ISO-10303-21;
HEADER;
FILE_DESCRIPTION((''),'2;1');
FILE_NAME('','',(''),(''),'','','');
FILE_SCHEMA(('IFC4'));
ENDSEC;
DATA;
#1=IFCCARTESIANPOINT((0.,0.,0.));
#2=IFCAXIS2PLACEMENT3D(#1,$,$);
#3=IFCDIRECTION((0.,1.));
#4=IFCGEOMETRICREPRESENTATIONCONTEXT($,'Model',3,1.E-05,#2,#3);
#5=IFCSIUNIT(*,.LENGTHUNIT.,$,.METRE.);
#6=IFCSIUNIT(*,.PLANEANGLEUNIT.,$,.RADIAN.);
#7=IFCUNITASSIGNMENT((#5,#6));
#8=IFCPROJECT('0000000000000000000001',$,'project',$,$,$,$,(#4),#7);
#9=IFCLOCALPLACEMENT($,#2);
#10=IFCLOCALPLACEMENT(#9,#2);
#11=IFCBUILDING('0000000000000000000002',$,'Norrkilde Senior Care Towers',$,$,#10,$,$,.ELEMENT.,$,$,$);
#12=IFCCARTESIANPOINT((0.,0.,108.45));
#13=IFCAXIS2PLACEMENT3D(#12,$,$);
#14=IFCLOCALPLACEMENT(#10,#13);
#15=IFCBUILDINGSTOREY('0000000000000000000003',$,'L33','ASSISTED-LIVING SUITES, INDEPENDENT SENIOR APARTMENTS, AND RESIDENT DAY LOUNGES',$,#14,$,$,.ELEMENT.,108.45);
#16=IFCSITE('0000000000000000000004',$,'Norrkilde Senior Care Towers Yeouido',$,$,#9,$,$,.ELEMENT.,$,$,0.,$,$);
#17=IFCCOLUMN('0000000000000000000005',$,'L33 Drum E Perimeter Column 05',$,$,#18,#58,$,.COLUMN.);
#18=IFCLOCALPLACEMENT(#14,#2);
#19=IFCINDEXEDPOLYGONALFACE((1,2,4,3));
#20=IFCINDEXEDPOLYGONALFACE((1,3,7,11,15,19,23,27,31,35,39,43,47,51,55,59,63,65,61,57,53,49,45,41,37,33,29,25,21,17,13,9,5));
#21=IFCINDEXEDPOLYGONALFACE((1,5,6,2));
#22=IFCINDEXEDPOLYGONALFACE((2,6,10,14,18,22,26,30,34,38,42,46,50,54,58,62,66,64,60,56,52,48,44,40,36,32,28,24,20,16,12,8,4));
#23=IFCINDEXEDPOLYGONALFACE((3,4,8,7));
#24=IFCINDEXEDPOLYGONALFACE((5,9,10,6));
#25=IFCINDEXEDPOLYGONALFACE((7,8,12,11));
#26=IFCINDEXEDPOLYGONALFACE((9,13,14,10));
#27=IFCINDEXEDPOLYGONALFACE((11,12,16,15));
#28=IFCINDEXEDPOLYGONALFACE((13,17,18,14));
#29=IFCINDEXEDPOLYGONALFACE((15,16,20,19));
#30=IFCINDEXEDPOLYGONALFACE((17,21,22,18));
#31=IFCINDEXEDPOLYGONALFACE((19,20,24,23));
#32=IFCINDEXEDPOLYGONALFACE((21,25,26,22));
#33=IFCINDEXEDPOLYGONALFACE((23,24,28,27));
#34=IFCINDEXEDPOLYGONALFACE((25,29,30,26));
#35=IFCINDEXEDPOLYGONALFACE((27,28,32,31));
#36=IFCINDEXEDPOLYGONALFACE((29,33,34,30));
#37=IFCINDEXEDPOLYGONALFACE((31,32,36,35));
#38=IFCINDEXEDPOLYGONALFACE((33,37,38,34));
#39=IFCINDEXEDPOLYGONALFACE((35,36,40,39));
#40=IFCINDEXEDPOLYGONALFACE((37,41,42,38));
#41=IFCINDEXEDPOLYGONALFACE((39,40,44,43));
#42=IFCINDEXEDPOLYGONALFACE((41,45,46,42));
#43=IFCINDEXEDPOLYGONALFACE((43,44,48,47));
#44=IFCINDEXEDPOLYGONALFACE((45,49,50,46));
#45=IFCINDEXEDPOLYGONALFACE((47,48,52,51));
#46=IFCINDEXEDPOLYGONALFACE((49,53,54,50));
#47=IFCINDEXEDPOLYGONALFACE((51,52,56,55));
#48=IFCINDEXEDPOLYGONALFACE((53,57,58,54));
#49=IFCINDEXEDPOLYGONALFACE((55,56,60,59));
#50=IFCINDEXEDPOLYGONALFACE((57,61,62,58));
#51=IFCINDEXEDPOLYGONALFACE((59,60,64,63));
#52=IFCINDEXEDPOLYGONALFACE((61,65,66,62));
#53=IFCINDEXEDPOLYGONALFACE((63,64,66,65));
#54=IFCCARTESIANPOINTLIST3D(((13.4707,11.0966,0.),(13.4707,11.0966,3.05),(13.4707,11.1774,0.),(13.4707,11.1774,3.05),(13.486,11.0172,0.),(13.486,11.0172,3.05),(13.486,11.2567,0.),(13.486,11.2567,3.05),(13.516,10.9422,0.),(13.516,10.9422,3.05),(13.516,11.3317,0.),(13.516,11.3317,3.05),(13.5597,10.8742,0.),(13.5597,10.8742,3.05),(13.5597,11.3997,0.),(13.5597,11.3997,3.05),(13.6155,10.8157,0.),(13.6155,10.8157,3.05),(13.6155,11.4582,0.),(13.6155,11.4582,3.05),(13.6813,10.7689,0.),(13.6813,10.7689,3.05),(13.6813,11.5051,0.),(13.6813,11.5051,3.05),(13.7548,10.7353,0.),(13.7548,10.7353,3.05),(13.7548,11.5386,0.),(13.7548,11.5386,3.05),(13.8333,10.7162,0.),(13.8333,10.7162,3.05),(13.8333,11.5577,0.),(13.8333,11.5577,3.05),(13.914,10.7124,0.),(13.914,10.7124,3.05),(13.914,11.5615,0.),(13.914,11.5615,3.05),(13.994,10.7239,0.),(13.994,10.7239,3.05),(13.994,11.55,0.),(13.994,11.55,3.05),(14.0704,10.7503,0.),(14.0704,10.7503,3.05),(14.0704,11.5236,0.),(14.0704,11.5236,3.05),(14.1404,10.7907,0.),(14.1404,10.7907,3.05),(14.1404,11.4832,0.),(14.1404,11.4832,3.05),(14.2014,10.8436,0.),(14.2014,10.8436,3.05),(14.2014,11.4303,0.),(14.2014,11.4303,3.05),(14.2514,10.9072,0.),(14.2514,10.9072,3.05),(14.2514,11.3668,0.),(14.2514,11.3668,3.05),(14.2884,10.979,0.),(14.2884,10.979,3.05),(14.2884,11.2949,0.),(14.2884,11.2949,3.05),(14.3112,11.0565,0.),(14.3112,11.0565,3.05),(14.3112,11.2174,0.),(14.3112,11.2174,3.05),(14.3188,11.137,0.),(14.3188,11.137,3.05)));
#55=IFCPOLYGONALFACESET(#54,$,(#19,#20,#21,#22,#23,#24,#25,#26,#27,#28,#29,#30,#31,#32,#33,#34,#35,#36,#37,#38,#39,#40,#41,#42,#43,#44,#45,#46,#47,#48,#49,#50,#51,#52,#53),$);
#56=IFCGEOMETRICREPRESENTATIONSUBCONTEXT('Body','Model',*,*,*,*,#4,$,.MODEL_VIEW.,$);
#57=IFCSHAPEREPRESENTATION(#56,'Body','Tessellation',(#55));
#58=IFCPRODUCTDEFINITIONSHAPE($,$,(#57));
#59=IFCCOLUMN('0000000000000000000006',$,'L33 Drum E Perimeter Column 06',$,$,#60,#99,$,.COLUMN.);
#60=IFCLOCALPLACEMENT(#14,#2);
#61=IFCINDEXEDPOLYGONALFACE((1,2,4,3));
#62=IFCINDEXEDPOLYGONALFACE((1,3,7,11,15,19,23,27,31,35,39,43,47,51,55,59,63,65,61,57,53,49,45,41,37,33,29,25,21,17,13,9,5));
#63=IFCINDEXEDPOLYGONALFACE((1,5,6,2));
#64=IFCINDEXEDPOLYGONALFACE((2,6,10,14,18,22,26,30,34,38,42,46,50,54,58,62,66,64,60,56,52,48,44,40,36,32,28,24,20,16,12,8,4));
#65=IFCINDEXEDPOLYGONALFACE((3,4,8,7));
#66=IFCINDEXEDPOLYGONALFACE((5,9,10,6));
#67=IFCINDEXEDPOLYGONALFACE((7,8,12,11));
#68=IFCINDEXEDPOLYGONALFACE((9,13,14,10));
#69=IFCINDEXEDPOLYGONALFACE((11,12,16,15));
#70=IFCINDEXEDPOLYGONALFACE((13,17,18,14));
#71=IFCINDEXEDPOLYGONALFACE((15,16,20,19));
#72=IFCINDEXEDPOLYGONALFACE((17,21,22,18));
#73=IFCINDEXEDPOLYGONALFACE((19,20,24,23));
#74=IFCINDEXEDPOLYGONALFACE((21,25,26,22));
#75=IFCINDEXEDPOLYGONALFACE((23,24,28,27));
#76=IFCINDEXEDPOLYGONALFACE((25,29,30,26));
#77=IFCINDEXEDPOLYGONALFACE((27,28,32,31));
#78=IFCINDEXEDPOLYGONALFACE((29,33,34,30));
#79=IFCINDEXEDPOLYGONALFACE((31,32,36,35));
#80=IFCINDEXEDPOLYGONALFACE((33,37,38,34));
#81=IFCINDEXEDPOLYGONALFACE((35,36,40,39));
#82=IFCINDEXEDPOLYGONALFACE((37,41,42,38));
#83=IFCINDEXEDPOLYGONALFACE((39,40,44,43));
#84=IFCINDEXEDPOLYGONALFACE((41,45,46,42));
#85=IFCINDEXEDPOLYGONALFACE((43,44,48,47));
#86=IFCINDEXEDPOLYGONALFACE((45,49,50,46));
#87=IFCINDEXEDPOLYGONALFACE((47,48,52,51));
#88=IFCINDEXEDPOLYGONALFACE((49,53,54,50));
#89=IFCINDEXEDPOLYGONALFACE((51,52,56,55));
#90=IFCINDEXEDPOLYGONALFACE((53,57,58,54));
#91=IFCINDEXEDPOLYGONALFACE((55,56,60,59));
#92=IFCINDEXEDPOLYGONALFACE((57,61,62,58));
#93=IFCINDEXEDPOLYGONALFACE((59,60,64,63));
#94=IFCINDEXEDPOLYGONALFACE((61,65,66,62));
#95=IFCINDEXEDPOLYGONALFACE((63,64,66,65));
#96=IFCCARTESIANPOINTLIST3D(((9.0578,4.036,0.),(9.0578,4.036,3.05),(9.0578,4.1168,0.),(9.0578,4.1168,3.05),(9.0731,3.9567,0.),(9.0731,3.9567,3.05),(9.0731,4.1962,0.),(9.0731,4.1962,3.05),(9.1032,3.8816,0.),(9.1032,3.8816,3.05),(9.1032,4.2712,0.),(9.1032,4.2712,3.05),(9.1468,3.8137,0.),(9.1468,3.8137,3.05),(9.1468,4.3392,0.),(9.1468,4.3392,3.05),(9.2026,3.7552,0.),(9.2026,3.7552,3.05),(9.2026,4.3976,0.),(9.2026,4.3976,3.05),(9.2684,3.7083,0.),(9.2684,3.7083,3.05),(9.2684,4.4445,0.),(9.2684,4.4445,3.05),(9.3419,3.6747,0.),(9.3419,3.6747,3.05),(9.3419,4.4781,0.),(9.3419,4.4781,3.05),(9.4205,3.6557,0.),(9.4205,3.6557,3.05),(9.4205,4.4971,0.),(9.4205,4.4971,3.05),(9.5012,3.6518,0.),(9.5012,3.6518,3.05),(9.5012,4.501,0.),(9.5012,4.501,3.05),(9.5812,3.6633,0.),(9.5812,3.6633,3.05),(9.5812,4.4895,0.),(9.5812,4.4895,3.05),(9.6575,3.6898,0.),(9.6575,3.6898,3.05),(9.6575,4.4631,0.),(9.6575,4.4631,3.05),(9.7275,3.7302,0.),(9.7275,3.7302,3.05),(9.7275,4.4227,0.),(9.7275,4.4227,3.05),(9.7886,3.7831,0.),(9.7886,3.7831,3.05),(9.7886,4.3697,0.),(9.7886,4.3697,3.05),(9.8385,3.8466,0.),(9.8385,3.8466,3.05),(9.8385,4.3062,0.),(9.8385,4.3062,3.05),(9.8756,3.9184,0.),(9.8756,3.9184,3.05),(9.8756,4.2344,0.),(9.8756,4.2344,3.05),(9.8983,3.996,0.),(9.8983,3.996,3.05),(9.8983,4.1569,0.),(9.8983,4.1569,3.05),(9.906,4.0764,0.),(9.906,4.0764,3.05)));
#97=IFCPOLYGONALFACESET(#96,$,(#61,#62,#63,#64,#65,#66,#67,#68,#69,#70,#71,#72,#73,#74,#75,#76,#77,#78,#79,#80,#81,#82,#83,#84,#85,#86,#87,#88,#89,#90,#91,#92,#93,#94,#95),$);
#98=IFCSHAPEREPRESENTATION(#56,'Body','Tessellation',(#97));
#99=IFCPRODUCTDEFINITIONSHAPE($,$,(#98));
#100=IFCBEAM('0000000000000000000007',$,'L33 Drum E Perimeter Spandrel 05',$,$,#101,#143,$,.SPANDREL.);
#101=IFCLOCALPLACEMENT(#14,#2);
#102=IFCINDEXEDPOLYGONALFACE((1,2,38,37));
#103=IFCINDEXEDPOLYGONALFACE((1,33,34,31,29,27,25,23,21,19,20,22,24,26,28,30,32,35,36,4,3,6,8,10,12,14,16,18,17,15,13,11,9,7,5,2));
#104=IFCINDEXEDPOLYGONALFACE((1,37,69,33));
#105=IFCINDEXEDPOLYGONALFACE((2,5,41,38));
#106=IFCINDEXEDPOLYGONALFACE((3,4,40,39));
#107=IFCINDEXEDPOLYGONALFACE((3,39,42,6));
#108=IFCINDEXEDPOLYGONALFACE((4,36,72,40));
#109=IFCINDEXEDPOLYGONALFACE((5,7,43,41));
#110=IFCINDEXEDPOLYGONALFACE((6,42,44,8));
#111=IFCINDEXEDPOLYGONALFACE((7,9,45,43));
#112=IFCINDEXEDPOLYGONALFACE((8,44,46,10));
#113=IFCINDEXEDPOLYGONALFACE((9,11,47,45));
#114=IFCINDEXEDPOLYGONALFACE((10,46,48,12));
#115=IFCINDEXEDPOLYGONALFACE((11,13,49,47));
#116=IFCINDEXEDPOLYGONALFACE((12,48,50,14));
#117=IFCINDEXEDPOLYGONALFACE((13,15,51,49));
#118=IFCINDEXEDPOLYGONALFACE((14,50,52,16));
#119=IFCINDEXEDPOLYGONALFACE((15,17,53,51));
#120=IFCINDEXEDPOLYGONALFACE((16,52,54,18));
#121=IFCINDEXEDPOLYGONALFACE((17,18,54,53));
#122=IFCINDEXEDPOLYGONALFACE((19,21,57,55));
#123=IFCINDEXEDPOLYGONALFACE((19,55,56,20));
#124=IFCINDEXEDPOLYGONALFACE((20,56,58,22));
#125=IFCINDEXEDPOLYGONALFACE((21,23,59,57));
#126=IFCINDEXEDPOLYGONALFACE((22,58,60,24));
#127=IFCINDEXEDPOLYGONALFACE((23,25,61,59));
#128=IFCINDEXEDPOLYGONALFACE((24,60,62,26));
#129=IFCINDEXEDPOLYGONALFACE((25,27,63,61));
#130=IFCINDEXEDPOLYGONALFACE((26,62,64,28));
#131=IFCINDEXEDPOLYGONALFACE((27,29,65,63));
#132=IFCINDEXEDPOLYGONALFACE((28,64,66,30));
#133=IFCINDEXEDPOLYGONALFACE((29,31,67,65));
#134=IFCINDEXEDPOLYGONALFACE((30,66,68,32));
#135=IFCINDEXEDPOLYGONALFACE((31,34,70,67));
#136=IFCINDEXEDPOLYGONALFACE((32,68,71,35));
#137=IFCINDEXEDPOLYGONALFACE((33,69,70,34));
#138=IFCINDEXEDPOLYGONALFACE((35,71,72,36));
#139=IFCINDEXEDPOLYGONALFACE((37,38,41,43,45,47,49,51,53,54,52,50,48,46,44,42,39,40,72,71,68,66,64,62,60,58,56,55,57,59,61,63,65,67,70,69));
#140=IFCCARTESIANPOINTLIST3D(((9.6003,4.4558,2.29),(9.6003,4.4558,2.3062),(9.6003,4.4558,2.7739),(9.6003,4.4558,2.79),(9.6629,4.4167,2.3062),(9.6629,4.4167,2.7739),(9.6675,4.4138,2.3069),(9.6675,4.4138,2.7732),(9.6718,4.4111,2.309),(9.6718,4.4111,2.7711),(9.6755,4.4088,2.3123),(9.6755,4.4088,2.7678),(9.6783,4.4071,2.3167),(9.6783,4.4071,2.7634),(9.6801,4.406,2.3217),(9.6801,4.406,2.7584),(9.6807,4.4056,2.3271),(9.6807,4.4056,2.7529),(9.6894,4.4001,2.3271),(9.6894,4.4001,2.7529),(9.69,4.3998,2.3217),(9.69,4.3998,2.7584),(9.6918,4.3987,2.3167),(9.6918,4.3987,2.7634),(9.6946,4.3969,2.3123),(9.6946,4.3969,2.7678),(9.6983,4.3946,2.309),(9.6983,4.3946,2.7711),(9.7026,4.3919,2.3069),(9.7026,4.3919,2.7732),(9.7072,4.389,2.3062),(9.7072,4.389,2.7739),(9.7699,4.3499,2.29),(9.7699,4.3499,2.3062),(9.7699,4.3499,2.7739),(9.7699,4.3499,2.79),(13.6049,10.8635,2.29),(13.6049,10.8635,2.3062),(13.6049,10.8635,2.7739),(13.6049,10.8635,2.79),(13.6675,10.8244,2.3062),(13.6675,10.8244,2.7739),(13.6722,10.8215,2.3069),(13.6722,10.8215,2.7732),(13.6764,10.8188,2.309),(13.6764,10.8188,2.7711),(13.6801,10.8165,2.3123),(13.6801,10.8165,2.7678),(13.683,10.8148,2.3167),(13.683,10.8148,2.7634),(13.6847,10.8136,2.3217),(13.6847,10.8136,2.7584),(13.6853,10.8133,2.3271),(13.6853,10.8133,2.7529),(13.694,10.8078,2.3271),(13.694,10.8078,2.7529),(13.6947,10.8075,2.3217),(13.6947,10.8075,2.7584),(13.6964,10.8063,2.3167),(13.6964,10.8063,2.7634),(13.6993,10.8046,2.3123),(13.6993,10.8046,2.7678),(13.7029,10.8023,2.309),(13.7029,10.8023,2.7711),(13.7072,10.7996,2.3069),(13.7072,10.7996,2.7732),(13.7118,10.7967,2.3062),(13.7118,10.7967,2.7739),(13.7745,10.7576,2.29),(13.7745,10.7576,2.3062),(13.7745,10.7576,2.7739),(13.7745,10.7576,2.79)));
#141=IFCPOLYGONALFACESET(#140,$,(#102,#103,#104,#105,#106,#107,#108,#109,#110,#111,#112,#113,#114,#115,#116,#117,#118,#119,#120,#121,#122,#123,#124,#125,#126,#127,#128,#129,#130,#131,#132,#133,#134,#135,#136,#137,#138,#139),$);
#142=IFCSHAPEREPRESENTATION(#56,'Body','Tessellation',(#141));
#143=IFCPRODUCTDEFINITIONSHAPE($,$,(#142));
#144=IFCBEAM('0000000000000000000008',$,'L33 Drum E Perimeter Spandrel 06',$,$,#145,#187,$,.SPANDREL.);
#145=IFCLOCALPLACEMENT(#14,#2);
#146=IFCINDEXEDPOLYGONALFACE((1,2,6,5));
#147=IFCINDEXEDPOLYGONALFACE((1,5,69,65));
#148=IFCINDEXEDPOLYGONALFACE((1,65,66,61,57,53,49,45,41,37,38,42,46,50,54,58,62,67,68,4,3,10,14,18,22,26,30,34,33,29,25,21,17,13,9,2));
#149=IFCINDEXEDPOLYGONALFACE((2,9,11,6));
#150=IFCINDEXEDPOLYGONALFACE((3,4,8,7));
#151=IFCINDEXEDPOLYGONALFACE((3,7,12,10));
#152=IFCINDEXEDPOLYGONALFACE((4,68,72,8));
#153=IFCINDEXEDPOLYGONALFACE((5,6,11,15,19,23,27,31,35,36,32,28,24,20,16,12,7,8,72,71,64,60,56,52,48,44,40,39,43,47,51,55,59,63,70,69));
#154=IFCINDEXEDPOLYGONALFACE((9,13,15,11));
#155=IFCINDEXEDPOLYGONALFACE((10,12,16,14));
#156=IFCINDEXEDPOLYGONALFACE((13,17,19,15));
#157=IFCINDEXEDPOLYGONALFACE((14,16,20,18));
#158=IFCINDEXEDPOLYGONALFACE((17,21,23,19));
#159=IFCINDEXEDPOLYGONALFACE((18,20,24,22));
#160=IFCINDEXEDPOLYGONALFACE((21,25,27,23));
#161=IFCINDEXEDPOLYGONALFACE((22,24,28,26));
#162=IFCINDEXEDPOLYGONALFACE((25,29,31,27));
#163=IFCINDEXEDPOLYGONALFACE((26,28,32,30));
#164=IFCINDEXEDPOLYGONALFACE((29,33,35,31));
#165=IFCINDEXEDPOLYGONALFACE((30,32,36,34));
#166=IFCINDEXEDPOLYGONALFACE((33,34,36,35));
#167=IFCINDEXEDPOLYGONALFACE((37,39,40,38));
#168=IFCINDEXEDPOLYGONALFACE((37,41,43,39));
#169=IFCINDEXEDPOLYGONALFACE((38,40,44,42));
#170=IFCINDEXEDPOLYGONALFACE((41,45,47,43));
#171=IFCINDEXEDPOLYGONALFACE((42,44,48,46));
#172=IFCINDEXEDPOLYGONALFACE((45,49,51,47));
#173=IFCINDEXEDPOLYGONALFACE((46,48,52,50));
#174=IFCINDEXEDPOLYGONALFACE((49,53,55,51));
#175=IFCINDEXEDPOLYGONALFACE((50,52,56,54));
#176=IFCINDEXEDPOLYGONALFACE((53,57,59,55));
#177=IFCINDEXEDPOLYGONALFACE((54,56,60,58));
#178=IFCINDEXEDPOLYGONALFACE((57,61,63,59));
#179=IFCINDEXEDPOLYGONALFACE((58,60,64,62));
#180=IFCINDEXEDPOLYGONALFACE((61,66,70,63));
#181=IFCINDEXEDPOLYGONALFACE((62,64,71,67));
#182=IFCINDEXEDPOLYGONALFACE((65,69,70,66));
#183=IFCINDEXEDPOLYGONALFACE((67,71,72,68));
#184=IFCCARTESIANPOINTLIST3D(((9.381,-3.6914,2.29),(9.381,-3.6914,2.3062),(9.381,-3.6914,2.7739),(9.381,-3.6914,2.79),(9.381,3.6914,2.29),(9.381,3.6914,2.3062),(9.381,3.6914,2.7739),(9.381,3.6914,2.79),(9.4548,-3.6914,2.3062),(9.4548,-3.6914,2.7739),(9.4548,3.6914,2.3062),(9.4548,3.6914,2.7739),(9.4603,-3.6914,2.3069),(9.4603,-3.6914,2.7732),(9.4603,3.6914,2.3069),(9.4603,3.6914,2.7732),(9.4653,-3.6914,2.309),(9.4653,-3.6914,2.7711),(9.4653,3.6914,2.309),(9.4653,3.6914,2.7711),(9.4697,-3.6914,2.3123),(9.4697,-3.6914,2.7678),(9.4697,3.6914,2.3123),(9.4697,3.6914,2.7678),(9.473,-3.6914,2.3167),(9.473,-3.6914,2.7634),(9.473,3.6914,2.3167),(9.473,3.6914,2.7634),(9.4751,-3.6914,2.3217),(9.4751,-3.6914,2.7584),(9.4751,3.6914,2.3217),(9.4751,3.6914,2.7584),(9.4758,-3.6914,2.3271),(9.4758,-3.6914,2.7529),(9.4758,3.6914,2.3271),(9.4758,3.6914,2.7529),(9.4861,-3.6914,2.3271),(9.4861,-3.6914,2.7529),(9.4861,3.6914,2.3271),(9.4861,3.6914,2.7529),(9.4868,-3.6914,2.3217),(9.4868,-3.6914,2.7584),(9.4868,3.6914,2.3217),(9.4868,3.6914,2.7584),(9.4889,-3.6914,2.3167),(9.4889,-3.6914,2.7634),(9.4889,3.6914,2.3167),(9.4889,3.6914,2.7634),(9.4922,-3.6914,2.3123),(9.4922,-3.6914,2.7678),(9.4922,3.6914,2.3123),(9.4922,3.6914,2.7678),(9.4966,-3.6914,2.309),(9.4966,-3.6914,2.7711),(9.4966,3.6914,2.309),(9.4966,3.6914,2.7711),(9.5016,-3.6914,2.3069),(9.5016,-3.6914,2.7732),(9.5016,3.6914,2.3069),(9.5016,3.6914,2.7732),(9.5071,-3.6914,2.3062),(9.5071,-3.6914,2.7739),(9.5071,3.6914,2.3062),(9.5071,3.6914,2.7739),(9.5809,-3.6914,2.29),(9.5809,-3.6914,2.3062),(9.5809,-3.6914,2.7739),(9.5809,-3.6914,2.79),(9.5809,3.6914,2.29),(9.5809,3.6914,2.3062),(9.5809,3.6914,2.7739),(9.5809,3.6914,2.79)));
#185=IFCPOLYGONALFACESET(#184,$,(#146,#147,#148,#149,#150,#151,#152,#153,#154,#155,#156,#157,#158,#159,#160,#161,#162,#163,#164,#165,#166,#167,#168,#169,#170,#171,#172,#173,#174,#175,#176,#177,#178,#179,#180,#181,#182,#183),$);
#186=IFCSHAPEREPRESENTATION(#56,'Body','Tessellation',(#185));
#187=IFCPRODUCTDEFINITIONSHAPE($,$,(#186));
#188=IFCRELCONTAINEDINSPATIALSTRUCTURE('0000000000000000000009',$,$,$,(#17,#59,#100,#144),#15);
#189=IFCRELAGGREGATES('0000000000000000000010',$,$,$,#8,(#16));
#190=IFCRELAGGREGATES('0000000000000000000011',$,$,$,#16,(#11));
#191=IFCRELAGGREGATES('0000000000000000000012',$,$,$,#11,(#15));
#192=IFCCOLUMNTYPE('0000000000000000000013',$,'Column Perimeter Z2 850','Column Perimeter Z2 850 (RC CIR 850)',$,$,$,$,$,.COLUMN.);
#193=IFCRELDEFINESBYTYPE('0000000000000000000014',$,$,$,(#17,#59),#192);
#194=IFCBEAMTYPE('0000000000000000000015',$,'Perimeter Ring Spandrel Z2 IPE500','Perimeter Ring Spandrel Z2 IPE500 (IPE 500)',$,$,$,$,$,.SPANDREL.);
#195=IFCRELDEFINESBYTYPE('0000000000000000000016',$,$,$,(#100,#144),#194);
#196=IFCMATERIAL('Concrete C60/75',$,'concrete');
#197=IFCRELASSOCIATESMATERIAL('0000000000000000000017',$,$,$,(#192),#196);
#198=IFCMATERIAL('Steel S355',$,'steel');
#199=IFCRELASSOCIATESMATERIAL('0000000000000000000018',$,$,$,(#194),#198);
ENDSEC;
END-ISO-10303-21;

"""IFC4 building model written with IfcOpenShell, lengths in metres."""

from ifc_helpers import new_model, si_unit, direction, frame, origin, origin_2d, place, context, subcontext, project, spatial, circle, i_section, extrude, source, transform, mapped, material, material_profile, profile_set, type_object, type_shapes, element, save


model = new_model("IFC4")

# Units and contexts
model_context = context("Model", 3, precision=1e-05, world=origin(), true_north=direction((0.0, 1.0)))
body_context = subcontext(model_context, "Body", "Model", "MODEL_VIEW")
ifc_project = project(units=[si_unit("LENGTHUNIT", "METRE"), si_unit("PLANEANGLEUNIT", "RADIAN")], contexts=[model_context])

# Site, building, storey
site_placement = place(None, origin())
site = spatial("IfcSite", under=ifc_project, at=site_placement, Name="Norrkilde Senior Care Towers Yeouido", CompositionType="ELEMENT", RefElevation=0.0)
building_placement = place(site_placement, origin())
building = spatial("IfcBuilding", under=site, at=building_placement, Name="Norrkilde Senior Care Towers", CompositionType="ELEMENT")
storey_placement = place(building_placement, frame((0.0, 0.0, 108.45)))
storey = spatial("IfcBuildingStorey", under=building, at=storey_placement, Name="L33", Description="ASSISTED-LIVING SUITES, INDEPENDENT SENIOR APARTMENTS, AND RESIDENT DAY LOUNGES", CompositionType="ELEMENT", Elevation=108.45)

# Columns
ifc_material_1 = material(Name="Concrete C60/75", Category="concrete")
ifc_material_profile_1 = material_profile(ifc_material_1, circle(Radius=0.425, at=origin_2d()), Name="RC CIR 850")
ifc_profile_set_1 = profile_set([ifc_material_profile_1], Name="Concrete C60/75")
column_type = type_object("IfcColumnType", Name="Column Perimeter Z2 850", Description="Column Perimeter Z2 850 (RC CIR 850)", PredefinedType="COLUMN", material=ifc_profile_set_1)
shared_shape_1 = source(origin(), body_context, "Body", "SweptSolid", [
    extrude(circle(Radius=0.425, at=origin_2d()), origin(), (0.0, 0.0, 1.0), 3.05),
])
type_shapes(column_type, [shared_shape_1])
for number, where, z_axis, x_axis, name in (
    (1, (13.8938, 11.137, 0.0), (0.0, 0.0, 1.0), (1.0, 0.0, 0.0), "L33 Drum E Perimeter Column 05"),
    (2, (9.481, 4.0764, 0.0), (0.0, 0.0, 1.0), (1.0, 0.0, 0.0), "L33 Drum E Perimeter Column 06"),
):
    element("IfcColumn", number, at=place(storey_placement, frame(where, z_axis=z_axis, x_axis=x_axis)), inside=storey, type_object=column_type, Name=name, PredefinedType="COLUMN", context=body_context, shape_type="MappedRepresentation", body=[
        mapped(shared_shape_1, transform((0.0, 0.0, 0.0), x_axis=(1.0, 0.0, 0.0), y_axis=(0.0, 1.0, 0.0), z_axis=(0.0, 0.0, 1.0), scale=1.0)),
    ])

# Beams
ifc_material_2 = material(Name="Steel S355", Category="steel")
ifc_material_profile_2 = material_profile(ifc_material_2, i_section(OverallWidth=0.2, OverallDepth=0.5, WebThickness=0.0103, FlangeThickness=0.0161, FilletRadius=0.021, at=origin_2d()), Name="IPE 500")
ifc_profile_set_2 = profile_set([ifc_material_profile_2], Name="Steel S355")
beam_type = type_object("IfcBeamType", Name="Perimeter Ring Spandrel Z2 IPE500", Description="Perimeter Ring Spandrel Z2 IPE500 (IPE 500)", PredefinedType="SPANDREL", material=ifc_profile_set_2)
shared_shape_2 = source(origin(), body_context, "Body", "SweptSolid", [
    extrude(i_section(OverallWidth=0.2, OverallDepth=0.5, WebThickness=0.0103, FlangeThickness=0.0161, FilletRadius=0.021, at=origin_2d()), origin(), (0.0, 0.0, 1.0), 7.5562),
])
beam_1_placement = place(storey_placement, frame((13.6897, 10.8105, 2.54), z_axis=(-0.529982, -0.848009, 0.0), x_axis=(0.848009, -0.529982, 0.0)))
element("IfcBeam", 3, at=beam_1_placement, inside=storey, type_object=beam_type, Name="L33 Drum E Perimeter Spandrel 05", PredefinedType="SPANDREL", context=body_context, shape_type="MappedRepresentation", body=[
    mapped(shared_shape_2, transform((0.0, 0.0, 0.0), x_axis=(1.0, 0.0, 0.0), y_axis=(0.0, 1.0, 0.0), z_axis=(0.0, 0.0, 1.0), scale=1.0)),
])
shared_shape_3 = source(origin(), body_context, "Body", "SweptSolid", [
    extrude(i_section(OverallWidth=0.2, OverallDepth=0.5, WebThickness=0.0103, FlangeThickness=0.0161, FilletRadius=0.021, at=origin_2d()), origin(), (0.0, 0.0, 1.0), 7.3828),
])
type_shapes(beam_type, [shared_shape_2, shared_shape_3])
beam_2_placement = place(storey_placement, frame((9.481, 3.6914, 2.54), z_axis=(0.0, -1.0, 0.0), x_axis=(1.0, 0.0, 0.0)))
element("IfcBeam", 4, at=beam_2_placement, inside=storey, type_object=beam_type, Name="L33 Drum E Perimeter Spandrel 06", PredefinedType="SPANDREL", context=body_context, shape_type="MappedRepresentation", body=[
    mapped(shared_shape_3, transform((0.0, 0.0, 0.0), x_axis=(1.0, 0.0, 0.0), y_axis=(0.0, 1.0, 0.0), z_axis=(0.0, 0.0, 1.0), scale=1.0)),
])

save(model, "model.ifc")
